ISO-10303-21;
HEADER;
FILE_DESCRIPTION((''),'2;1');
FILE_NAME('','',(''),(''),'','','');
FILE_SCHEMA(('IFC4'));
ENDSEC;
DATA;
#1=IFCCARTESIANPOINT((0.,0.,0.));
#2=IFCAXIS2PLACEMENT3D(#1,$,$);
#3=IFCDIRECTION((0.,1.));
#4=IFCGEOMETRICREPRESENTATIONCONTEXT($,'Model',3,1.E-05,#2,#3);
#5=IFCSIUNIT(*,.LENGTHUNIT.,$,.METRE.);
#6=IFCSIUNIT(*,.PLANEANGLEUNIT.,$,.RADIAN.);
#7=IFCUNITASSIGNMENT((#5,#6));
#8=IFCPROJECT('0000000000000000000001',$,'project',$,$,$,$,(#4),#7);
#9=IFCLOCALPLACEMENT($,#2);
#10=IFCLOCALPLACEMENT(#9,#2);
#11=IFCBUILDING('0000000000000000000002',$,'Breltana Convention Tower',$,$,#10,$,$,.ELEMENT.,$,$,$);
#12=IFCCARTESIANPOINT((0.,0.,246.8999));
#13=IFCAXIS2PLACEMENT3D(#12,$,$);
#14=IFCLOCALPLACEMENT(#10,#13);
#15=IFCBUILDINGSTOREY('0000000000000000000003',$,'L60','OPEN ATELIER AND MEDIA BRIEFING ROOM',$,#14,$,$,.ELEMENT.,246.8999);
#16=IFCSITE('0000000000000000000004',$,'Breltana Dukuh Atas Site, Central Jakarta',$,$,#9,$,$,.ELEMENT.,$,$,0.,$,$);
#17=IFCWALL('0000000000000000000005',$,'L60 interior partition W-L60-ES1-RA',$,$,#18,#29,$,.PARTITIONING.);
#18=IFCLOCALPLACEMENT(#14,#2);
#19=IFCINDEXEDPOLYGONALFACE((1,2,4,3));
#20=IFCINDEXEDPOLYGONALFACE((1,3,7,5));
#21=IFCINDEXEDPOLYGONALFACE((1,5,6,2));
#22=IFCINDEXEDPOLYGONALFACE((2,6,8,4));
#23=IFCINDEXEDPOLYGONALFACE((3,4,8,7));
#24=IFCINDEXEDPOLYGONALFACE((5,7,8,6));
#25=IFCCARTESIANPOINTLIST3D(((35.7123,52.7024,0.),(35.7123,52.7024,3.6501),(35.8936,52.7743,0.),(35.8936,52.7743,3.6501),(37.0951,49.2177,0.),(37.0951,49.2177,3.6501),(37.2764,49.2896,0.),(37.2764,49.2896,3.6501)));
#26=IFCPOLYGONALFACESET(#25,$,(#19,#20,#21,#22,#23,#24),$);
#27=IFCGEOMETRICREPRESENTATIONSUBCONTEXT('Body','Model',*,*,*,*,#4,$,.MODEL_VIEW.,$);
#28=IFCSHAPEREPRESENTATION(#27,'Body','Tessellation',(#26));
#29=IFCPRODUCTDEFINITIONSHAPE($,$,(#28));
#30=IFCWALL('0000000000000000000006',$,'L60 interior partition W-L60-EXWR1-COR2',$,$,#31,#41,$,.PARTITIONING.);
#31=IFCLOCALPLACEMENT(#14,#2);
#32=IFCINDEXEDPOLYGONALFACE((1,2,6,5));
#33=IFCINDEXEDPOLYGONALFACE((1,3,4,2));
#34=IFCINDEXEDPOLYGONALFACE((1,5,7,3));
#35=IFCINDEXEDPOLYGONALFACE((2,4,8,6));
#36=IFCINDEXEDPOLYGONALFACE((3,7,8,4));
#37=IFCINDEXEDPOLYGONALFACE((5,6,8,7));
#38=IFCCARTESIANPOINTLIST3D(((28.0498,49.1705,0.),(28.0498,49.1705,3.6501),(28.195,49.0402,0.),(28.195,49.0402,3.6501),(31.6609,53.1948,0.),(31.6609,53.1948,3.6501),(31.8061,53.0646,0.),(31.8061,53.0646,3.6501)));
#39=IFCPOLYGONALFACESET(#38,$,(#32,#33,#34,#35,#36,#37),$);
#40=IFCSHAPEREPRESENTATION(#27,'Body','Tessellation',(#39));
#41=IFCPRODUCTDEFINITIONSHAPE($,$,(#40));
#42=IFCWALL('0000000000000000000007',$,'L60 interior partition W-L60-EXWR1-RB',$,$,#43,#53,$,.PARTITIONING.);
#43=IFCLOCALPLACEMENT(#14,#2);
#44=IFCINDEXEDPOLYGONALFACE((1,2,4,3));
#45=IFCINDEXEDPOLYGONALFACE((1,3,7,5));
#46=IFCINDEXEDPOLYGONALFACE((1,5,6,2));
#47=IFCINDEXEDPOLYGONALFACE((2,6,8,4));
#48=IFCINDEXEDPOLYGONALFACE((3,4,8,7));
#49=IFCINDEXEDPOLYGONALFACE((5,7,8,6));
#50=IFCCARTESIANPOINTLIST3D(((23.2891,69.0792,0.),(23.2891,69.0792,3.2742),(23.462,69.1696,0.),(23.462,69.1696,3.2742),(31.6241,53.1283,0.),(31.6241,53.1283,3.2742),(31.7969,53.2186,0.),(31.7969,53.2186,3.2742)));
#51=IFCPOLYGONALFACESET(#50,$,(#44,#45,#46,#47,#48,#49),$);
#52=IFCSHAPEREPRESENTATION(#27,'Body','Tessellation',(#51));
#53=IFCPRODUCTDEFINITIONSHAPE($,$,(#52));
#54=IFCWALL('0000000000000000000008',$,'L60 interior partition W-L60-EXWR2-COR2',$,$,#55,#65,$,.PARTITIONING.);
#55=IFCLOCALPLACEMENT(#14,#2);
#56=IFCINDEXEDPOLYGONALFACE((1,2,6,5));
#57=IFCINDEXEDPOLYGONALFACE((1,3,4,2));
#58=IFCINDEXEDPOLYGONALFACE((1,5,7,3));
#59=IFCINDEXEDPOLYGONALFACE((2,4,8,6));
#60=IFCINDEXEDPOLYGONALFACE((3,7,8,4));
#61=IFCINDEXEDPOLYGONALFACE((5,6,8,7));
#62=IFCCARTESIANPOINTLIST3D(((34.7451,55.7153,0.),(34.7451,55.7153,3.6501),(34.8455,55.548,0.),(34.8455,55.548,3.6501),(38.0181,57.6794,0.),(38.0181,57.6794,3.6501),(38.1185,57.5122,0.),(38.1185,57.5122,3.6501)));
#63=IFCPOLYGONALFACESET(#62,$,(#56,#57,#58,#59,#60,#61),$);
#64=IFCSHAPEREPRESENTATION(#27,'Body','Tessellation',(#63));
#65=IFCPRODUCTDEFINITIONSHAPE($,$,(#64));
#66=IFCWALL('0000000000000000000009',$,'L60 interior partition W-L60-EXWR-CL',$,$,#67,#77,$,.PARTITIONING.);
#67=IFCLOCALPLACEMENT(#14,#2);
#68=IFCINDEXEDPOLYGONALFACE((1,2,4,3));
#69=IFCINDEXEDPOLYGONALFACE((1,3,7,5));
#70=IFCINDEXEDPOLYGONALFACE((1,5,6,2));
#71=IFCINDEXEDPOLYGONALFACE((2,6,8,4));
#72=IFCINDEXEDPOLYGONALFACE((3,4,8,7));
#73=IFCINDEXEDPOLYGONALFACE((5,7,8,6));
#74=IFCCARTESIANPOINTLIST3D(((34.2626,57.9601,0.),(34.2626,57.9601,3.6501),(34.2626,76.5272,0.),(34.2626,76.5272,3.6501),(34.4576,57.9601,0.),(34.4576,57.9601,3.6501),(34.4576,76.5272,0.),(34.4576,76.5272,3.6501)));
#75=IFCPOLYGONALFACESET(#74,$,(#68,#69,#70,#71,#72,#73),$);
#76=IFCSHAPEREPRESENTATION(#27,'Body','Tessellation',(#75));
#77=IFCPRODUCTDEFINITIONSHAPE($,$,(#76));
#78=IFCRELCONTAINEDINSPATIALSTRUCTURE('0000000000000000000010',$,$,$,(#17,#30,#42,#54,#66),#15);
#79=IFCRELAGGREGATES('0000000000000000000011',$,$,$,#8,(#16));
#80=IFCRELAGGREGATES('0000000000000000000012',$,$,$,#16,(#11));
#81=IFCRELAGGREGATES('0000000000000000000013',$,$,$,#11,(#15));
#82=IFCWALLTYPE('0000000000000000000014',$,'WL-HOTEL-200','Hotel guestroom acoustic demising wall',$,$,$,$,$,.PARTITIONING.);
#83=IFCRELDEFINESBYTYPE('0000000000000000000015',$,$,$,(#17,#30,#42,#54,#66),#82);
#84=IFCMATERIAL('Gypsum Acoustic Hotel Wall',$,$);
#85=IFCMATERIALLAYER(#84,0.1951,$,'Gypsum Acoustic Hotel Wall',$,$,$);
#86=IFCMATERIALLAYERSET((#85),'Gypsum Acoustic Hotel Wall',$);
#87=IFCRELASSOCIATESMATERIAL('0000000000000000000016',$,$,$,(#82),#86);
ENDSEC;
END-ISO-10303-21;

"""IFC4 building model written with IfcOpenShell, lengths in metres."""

from ifc_helpers import new_model, si_unit, direction, frame, frame_2d, origin, place, context, subcontext, project, spatial, rectangle, extrude, source, transform, mapped, material, layer, layer_set, type_object, element, save


model = new_model("IFC4")

# Units and contexts
model_context = context("Model", 3, precision=1e-05, world=origin(), true_north=direction((0.0, 1.0)))
body_context = subcontext(model_context, "Body", "Model", "MODEL_VIEW")
ifc_project = project(units=[si_unit("LENGTHUNIT", "METRE"), si_unit("PLANEANGLEUNIT", "RADIAN")], contexts=[model_context])

# Site, building, storey
site_placement = place(None, origin())
site = spatial("IfcSite", under=ifc_project, at=site_placement, Name="Breltana Dukuh Atas Site, Central Jakarta", CompositionType="ELEMENT", RefElevation=0.0)
building_placement = place(site_placement, origin())
building = spatial("IfcBuilding", under=site, at=building_placement, Name="Breltana Convention Tower", CompositionType="ELEMENT")
storey_placement = place(building_placement, frame((0.0, 0.0, 246.8999)))
storey = spatial("IfcBuildingStorey", under=building, at=storey_placement, Name="L60", Description="OPEN ATELIER AND MEDIA BRIEFING ROOM", CompositionType="ELEMENT", Elevation=246.8999)

# Shared definitions
ifc_material_1 = material(Name="Gypsum Acoustic Hotel Wall")
ifc_layer_1 = layer(ifc_material_1, 0.1951, Name="Gypsum Acoustic Hotel Wall")
ifc_layer_set_1 = layer_set([ifc_layer_1], Name="Gypsum Acoustic Hotel Wall")
wall_type_1 = type_object("IfcWallType", Name="WL-HOTEL-200", Description="Hotel guestroom acoustic demising wall", PredefinedType="PARTITIONING", material=ifc_layer_set_1)

# Walls
shared_shape_1 = source(origin(), body_context, "Body", "SweptSolid", [
    extrude(rectangle(XDim=3.749, YDim=0.1951, at=frame_2d((1.8745, 0.0))), origin(), (0.0, 0.0, 1.0), 3.6501),
])
wall_1_placement = place(storey_placement, frame((37.1858, 49.2537, 0.0), z_axis=(0.0, 0.0, 1.0), x_axis=(-0.368852, 0.929488, 0.0)))
element("IfcWall", 1, at=wall_1_placement, inside=storey, type_object=wall_type_1, Name="L60 interior partition W-L60-ES1-RA", PredefinedType="PARTITIONING", context=body_context, shape_type="MappedRepresentation", body=[
    mapped(shared_shape_1, transform((0.0, 0.0, 0.0), scale=1.0)),
])
shared_shape_2 = source(origin(), body_context, "Body", "SweptSolid", [
    extrude(rectangle(XDim=5.407, YDim=0.1951, at=frame_2d((2.7036, 0.0))), origin(), (0.0, 0.0, 1.0), 3.6501),
])
wall_2_placement = place(storey_placement, frame((28.1223, 49.1052, 0.0), z_axis=(0.0, 0.0, 1.0), x_axis=(0.667851, 0.744295, 0.0)))
element("IfcWall", 2, at=wall_2_placement, inside=storey, type_object=wall_type_1, Name="L60 interior partition W-L60-EXWR1-COR2", PredefinedType="PARTITIONING", context=body_context, shape_type="MappedRepresentation", body=[
    mapped(shared_shape_2, transform((0.0, 0.0, 0.0), scale=1.0)),
])
shared_shape_3 = source(origin(), body_context, "Body", "SweptSolid", [
    extrude(rectangle(XDim=17.9973, YDim=0.1951, at=frame_2d((8.9985, 0.0))), origin(), (0.0, 0.0, 1.0), 3.2742),
])
wall_3_placement = place(storey_placement, frame((31.7104, 53.1736, 0.0), z_axis=(0.0, 0.0, 1.0), x_axis=(-0.463122, 0.886294, 0.0)))
element("IfcWall", 3, at=wall_3_placement, inside=storey, type_object=wall_type_1, Name="L60 interior partition W-L60-EXWR1-RB", PredefinedType="PARTITIONING", context=body_context, shape_type="MappedRepresentation", body=[
    mapped(shared_shape_3, transform((0.0, 0.0, 0.0), scale=1.0)),
])

# Walls
shared_shape_4 = source(origin(), body_context, "Body", "SweptSolid", [
    extrude(rectangle(XDim=3.8171, YDim=0.1951, at=frame_2d((1.9087, 0.0))), origin(), (0.0, 0.0, 1.0), 3.6501),
])
wall_4_placement = place(storey_placement, frame((34.7952, 55.6316, 0.0), z_axis=(0.0, 0.0, 1.0), x_axis=(0.857453, 0.514562, 0.0)))
element("IfcWall", 4, at=wall_4_placement, inside=storey, type_object=wall_type_1, Name="L60 interior partition W-L60-EXWR2-COR2", PredefinedType="PARTITIONING", context=body_context, shape_type="MappedRepresentation", body=[
    mapped(shared_shape_4, transform((0.0, 0.0, 0.0), scale=1.0)),
])
shared_shape_5 = source(origin(), body_context, "Body", "SweptSolid", [
    extrude(rectangle(XDim=18.5671, YDim=0.1951, at=frame_2d((9.2837, 0.0))), origin(), (0.0, 0.0, 1.0), 3.6501),
])
wall_5_placement = place(storey_placement, frame((34.3601, 57.96, 0.0), z_axis=(0.0, 0.0, 1.0), x_axis=(0.0, 1.0, 0.0)))
element("IfcWall", 5, at=wall_5_placement, inside=storey, type_object=wall_type_1, Name="L60 interior partition W-L60-EXWR-CL", PredefinedType="PARTITIONING", context=body_context, shape_type="MappedRepresentation", body=[
    mapped(shared_shape_5, transform((0.0, 0.0, 0.0), scale=1.0)),
])

save(model, "model.ifc")
